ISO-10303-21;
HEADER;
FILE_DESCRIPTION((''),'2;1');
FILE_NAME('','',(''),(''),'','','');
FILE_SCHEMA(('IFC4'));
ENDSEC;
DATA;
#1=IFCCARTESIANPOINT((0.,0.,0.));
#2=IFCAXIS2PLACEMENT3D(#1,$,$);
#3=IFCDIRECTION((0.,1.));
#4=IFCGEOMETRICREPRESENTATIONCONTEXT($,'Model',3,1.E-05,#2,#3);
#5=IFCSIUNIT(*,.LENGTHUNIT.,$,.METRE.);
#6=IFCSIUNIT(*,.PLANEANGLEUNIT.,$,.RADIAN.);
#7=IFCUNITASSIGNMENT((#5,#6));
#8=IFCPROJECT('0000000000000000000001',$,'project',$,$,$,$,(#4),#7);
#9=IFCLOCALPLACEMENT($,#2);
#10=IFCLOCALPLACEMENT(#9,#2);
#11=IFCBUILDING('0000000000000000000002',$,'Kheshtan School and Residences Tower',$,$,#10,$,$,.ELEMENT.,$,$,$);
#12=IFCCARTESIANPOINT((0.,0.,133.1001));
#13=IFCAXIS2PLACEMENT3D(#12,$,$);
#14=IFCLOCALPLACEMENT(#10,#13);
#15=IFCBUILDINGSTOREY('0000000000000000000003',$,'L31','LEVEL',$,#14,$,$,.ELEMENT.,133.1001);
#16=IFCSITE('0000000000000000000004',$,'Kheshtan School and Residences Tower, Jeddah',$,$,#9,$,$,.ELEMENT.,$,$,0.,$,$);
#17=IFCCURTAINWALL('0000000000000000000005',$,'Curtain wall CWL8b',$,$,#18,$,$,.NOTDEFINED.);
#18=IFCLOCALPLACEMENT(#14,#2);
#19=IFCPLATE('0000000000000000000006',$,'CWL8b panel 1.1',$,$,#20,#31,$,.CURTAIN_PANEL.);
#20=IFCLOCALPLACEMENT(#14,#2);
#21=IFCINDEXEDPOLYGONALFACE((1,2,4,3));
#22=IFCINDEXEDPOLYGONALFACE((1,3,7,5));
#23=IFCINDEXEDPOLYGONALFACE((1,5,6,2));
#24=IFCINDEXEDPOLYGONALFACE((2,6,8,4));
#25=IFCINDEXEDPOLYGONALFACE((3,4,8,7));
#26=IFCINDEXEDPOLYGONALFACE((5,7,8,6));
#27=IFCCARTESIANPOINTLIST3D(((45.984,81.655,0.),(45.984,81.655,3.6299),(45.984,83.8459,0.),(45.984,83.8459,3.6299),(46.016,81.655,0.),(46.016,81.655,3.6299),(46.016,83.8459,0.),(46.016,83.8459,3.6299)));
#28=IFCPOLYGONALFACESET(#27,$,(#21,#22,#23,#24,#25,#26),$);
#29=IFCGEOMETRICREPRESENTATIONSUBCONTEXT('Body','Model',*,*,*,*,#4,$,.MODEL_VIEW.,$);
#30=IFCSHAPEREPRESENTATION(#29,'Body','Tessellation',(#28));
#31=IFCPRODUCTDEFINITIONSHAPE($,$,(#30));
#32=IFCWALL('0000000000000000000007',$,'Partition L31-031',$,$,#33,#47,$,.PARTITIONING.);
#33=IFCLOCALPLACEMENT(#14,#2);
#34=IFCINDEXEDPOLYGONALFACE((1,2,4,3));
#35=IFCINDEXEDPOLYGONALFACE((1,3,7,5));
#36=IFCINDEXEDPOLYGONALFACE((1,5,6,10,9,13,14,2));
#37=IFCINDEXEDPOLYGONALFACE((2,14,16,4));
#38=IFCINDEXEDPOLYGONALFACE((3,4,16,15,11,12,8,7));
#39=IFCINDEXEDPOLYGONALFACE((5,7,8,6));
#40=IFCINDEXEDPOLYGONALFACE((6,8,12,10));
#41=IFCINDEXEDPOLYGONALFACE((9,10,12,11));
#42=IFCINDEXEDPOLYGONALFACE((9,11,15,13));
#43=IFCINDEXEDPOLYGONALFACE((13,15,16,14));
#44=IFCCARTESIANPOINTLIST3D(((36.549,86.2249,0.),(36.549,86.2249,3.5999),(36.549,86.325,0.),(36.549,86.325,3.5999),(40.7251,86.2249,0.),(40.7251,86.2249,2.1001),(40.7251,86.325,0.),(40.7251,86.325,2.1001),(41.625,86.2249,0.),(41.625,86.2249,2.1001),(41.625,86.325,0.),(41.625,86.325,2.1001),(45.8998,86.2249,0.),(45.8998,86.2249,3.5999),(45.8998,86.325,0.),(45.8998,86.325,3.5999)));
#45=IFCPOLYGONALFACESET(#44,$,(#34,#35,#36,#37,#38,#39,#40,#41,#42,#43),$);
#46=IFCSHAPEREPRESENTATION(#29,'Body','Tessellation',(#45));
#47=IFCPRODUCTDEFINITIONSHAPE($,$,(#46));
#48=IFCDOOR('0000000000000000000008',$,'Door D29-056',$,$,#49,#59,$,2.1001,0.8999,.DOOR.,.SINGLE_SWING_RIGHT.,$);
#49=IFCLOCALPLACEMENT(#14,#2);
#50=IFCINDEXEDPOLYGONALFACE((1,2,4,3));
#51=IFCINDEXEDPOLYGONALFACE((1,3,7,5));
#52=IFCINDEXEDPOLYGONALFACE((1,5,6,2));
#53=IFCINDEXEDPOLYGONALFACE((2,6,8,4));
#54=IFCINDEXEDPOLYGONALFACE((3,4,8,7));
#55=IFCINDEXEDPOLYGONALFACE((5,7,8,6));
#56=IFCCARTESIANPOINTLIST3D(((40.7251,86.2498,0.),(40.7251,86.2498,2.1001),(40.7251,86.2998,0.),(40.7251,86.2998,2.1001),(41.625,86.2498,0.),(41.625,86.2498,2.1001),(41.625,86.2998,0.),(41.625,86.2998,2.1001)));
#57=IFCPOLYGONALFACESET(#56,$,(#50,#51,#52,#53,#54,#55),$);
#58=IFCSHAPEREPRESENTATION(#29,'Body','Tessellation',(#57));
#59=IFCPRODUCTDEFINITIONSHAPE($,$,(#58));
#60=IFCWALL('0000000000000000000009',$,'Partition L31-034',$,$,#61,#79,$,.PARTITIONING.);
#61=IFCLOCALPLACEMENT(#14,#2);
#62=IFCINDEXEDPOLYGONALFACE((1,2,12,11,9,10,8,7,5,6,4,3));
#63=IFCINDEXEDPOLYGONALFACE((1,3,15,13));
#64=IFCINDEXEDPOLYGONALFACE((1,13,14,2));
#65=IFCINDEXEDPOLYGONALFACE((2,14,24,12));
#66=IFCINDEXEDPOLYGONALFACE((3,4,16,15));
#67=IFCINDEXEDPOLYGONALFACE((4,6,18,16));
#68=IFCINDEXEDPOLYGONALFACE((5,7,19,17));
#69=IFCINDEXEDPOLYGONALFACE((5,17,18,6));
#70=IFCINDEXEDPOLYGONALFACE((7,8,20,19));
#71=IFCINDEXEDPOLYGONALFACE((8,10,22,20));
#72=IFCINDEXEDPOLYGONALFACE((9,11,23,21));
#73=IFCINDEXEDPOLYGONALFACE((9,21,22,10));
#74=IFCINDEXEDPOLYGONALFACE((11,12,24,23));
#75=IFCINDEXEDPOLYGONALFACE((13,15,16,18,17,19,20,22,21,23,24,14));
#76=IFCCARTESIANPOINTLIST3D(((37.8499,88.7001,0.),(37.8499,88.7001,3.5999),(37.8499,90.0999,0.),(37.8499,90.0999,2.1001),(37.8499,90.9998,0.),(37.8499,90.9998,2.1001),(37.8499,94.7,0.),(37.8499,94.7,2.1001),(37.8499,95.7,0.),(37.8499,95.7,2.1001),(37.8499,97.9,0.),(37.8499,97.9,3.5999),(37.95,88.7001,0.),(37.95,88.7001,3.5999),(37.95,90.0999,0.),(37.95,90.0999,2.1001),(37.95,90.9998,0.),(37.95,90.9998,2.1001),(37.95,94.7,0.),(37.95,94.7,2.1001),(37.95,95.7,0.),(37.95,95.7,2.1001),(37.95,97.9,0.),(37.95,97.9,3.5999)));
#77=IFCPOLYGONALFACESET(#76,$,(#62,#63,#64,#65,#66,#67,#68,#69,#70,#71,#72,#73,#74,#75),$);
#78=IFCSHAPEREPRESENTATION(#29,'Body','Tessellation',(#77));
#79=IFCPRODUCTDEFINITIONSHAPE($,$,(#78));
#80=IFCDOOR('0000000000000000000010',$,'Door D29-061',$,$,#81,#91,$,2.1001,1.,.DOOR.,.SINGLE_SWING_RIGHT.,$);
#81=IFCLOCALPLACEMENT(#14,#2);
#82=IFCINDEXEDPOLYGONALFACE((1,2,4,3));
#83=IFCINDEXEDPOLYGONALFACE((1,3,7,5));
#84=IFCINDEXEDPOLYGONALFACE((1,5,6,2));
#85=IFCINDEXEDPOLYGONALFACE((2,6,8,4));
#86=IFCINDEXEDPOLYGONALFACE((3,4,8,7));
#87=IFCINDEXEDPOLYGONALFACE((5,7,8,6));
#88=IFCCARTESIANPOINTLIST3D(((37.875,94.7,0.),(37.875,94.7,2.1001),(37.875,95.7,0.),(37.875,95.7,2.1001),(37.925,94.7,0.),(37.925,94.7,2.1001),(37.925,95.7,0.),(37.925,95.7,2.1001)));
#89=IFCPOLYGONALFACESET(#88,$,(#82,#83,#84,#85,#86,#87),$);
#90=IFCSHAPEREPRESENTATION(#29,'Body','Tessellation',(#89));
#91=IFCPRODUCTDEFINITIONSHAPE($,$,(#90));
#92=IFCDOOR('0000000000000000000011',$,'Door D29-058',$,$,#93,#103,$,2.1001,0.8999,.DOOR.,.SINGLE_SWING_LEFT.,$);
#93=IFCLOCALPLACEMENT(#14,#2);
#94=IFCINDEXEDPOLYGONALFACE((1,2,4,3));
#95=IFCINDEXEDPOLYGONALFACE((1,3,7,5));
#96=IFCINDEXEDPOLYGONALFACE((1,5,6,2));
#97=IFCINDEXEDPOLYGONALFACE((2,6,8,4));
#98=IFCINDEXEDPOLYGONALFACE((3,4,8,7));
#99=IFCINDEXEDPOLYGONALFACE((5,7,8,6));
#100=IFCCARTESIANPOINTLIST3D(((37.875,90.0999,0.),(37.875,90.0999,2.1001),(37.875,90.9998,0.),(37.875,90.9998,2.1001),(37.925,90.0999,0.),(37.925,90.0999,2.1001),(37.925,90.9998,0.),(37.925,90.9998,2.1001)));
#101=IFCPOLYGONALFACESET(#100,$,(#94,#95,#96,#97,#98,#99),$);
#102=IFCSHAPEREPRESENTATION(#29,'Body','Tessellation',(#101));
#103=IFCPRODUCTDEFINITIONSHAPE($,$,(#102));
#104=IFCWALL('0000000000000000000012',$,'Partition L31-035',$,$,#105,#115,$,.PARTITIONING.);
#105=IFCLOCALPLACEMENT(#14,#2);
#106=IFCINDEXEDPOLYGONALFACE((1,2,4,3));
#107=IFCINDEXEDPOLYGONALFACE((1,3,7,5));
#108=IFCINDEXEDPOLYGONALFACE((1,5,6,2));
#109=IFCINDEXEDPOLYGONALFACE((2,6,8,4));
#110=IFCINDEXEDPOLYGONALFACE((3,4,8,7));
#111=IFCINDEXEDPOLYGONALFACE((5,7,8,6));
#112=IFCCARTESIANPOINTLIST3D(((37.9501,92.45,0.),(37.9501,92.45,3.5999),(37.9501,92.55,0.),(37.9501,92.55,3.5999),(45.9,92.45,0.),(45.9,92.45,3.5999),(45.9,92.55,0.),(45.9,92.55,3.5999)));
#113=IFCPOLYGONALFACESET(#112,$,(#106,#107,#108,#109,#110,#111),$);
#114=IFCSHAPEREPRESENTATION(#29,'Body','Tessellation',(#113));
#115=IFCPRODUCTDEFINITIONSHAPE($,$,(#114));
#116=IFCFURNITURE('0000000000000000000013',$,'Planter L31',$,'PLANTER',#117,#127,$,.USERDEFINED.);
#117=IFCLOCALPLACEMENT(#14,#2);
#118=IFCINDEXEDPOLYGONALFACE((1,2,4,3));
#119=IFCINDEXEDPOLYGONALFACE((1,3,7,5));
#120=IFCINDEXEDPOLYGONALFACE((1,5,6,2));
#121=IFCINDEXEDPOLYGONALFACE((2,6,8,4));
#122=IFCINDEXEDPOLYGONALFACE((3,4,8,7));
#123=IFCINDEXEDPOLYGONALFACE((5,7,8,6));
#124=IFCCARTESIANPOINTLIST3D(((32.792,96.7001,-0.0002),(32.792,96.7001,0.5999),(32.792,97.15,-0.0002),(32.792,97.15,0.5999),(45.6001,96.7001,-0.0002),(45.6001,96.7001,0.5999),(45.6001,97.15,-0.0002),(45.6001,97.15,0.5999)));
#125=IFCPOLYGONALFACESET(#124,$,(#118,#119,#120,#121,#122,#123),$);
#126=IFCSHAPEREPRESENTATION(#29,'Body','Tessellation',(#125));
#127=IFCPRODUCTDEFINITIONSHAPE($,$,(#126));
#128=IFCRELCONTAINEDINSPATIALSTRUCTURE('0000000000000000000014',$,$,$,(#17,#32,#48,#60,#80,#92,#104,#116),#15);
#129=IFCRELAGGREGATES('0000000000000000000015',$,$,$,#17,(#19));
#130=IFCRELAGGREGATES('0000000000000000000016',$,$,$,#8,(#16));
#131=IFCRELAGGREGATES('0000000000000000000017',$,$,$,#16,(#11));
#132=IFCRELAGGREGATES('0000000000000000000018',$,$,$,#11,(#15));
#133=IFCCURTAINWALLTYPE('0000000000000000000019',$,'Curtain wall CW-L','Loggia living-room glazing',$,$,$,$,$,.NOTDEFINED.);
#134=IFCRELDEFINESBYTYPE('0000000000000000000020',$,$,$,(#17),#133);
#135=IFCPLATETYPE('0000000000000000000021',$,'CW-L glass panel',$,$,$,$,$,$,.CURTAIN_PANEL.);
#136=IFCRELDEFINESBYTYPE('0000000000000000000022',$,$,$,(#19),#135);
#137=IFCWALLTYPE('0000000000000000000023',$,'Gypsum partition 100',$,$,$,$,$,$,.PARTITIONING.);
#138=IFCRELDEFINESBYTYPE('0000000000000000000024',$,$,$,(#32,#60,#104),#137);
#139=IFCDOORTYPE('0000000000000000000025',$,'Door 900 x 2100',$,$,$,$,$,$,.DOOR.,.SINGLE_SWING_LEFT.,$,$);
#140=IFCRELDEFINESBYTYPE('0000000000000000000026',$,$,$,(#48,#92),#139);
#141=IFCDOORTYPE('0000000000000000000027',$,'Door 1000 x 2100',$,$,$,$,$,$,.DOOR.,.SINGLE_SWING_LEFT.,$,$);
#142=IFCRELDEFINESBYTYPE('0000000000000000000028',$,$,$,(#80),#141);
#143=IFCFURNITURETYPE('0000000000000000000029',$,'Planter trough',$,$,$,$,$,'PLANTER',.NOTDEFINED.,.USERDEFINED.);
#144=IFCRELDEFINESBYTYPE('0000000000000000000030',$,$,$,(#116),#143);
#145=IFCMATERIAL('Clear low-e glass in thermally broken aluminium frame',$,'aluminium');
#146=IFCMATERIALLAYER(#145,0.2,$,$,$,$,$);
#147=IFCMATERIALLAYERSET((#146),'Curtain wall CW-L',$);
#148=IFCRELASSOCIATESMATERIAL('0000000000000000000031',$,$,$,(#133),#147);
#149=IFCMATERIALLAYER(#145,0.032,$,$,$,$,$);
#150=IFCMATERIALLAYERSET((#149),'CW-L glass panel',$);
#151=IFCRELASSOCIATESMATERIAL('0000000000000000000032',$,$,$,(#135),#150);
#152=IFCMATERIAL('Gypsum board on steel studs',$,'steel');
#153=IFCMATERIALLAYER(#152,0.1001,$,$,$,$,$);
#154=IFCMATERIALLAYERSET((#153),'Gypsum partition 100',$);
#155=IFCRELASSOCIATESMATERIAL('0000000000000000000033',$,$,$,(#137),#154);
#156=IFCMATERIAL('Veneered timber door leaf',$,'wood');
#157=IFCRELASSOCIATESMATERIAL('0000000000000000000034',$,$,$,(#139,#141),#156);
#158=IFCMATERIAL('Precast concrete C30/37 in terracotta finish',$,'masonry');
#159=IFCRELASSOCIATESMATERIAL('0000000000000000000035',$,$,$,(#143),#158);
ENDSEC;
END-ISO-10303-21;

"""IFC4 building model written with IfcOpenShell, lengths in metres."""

from ifc_helpers import new_model, si_unit, direction, frame, frame_2d, origin, origin_2d, place, context, subcontext, project, spatial, rectangle, extrude, source, transform, mapped, material, layer, layer_set, type_object, element, fill, aggregate, save


model = new_model("IFC4")

# Units and contexts
model_context = context("Model", 3, precision=1e-05, world=origin(), true_north=direction((0.0, 1.0)))
body_context = subcontext(model_context, "Body", "Model", "MODEL_VIEW")
ifc_project = project(units=[si_unit("LENGTHUNIT", "METRE"), si_unit("PLANEANGLEUNIT", "RADIAN")], contexts=[model_context])

# Site, building, storey
site_placement = place(None, origin())
site = spatial("IfcSite", under=ifc_project, at=site_placement, Name="Kheshtan School and Residences Tower, Jeddah", CompositionType="ELEMENT", RefElevation=0.0)
building_placement = place(site_placement, origin())
building = spatial("IfcBuilding", under=site, at=building_placement, Name="Kheshtan School and Residences Tower", CompositionType="ELEMENT")
storey_placement = place(building_placement, frame((0.0, 0.0, 133.1001)))
storey = spatial("IfcBuildingStorey", under=building, at=storey_placement, Name="L31", Description="LEVEL", CompositionType="ELEMENT", Elevation=133.1001)

# Shared definitions
ifc_material_1 = material(Name="Clear low-e glass in thermally broken aluminium frame", Category="aluminium")
ifc_layer_1 = layer(ifc_material_1, 0.2)
ifc_layer_set_1 = layer_set([ifc_layer_1], Name="Curtain wall CW-L")
curtain_wall_type = type_object("IfcCurtainWallType", Name="Curtain wall CW-L", Description="Loggia living-room glazing", PredefinedType="NOTDEFINED", material=ifc_layer_set_1)

# Curtain wall
curtain_wall_1_placement = place(storey_placement, origin())
curtain_wall_1 = element("IfcCurtainWall", 1, at=curtain_wall_1_placement, inside=storey, type_object=curtain_wall_type, Name="Curtain wall CWL8b", PredefinedType="NOTDEFINED")

# Plate
ifc_layer_2 = layer(ifc_material_1, 0.032)
ifc_layer_set_2 = layer_set([ifc_layer_2], Name="CW-L glass panel")
plate_type = type_object("IfcPlateType", Name="CW-L glass panel", PredefinedType="CURTAIN_PANEL", material=ifc_layer_set_2)
plate_1_placement = place(storey_placement, frame((46.0, 82.7505, 0.0), z_axis=(0.0, 0.0, 1.0), x_axis=(0.0, -1.0, 0.0)))
plate_1 = element("IfcPlate", 2, at=plate_1_placement, type_object=plate_type, Name="CWL8b panel 1.1", PredefinedType="CURTAIN_PANEL", context=body_context, shape_type="SweptSolid", body=[
    extrude(rectangle(XDim=2.1909, YDim=0.032, at=origin_2d()), origin(), (0.0, 0.0, 1.0), 3.6299),
])
aggregate(curtain_wall_1, [plate_1])

# Wall, opening, door
ifc_material_2 = material(Name="Gypsum board on steel studs", Category="steel")
ifc_layer_3 = layer(ifc_material_2, 0.1001)
ifc_layer_set_3 = layer_set([ifc_layer_3], Name="Gypsum partition 100")
wall_type_1 = type_object("IfcWallType", Name="Gypsum partition 100", PredefinedType="PARTITIONING", material=ifc_layer_set_3)
wall_1_placement = place(storey_placement, frame((36.5491, 86.2749, 0.0), z_axis=(0.0, 0.0, 1.0), x_axis=(1.0, 0.0, 0.0)))
wall_1 = element("IfcWall", 3, at=wall_1_placement, inside=storey, type_object=wall_type_1, Name="Partition L31-031", PredefinedType="PARTITIONING", context=body_context, shape_type="SweptSolid", body=[
    extrude(rectangle(XDim=9.3508, YDim=0.1001, at=frame_2d((4.6753, 0.0))), origin(), (0.0, 0.0, 1.0), 3.5999),
])
opening_1_placement = place(wall_1_placement, frame((4.176, 0.0, 0.0)))
opening_1 = element("IfcOpeningElement", 4, at=opening_1_placement, cuts=wall_1, PredefinedType="OPENING", context=body_context, shape_type="SweptSolid", body=[
    extrude(rectangle(XDim=0.8999, YDim=2.1001, at=frame_2d((0.45, 1.05))), frame((0.0, 0.0601, 0.0), z_axis=(0.0, -1.0, 0.0), x_axis=(1.0, 0.0, 0.0)), (0.0, 0.0, 1.0), 0.1201),
])
ifc_material_3 = material(Name="Veneered timber door leaf", Category="wood")
door_type_1 = type_object("IfcDoorType", Name="Door 900 x 2100", OperationType="SINGLE_SWING_LEFT", PredefinedType="DOOR", material=ifc_material_3)
shared_shape_1 = source(origin(), body_context, "Body", "SweptSolid", [
    extrude(rectangle(XDim=0.8999, YDim=2.1001, at=frame_2d((0.45, 1.05))), frame((0.0, 0.0249, 0.0), z_axis=(0.0, -1.0, 0.0), x_axis=(1.0, 0.0, 0.0)), (0.0, 0.0, 1.0), 0.05),
])
door_1_placement = place(opening_1_placement, origin())
door_1 = element("IfcDoor", 5, at=door_1_placement, inside=storey, type_object=door_type_1, Name="Door D29-056", OperationType="SINGLE_SWING_RIGHT", OverallHeight=2.1001, OverallWidth=0.8999, PredefinedType="DOOR", context=body_context, shape_type="MappedRepresentation", body=[
    mapped(shared_shape_1, transform((0.0, 0.0, 0.0), x_axis=(1.0, 0.0, 0.0), y_axis=(0.0, 1.0, 0.0), z_axis=(0.0, 0.0, 1.0), scale=1.0)),
])
fill(opening_1, door_1)

# Wall, openings, doors
wall_2_placement = place(storey_placement, frame((37.8999, 88.7, 0.0), z_axis=(0.0, 0.0, 1.0), x_axis=(0.0, 1.0, 0.0)))
wall_2 = element("IfcWall", 6, at=wall_2_placement, inside=storey, type_object=wall_type_1, Name="Partition L31-034", PredefinedType="PARTITIONING", context=body_context, shape_type="SweptSolid", body=[
    extrude(rectangle(XDim=9.2, YDim=0.1001, at=frame_2d((4.6001, 0.0))), origin(), (0.0, 0.0, 1.0), 3.5999),
])
opening_2_placement = place(wall_2_placement, frame((1.3999, 0.0, 0.0)))
opening_2 = element("IfcOpeningElement", 7, at=opening_2_placement, cuts=wall_2, PredefinedType="OPENING", context=body_context, shape_type="SweptSolid", body=[
    extrude(rectangle(XDim=0.8999, YDim=2.1001, at=frame_2d((0.45, 1.05))), frame((0.0, 0.0601, 0.0), z_axis=(0.0, -1.0, 0.0), x_axis=(1.0, 0.0, 0.0)), (0.0, 0.0, 1.0), 0.1201),
])
opening_3_placement = place(wall_2_placement, frame((6.0, 0.0, 0.0)))
opening_3 = element("IfcOpeningElement", 8, at=opening_3_placement, cuts=wall_2, PredefinedType="OPENING", context=body_context, shape_type="SweptSolid", body=[
    extrude(rectangle(XDim=1.0, YDim=2.1001, at=frame_2d((0.5, 1.05))), frame((0.0, 0.0601, 0.0), z_axis=(0.0, -1.0, 0.0), x_axis=(1.0, 0.0, 0.0)), (0.0, 0.0, 1.0), 0.1201),
])
door_type_2 = type_object("IfcDoorType", Name="Door 1000 x 2100", OperationType="SINGLE_SWING_LEFT", PredefinedType="DOOR", material=ifc_material_3)
shared_shape_2 = source(origin(), body_context, "Body", "SweptSolid", [
    extrude(rectangle(XDim=1.0, YDim=2.1001, at=frame_2d((0.5, 1.05))), frame((0.0, 0.0249, 0.0), z_axis=(0.0, -1.0, 0.0), x_axis=(1.0, 0.0, 0.0)), (0.0, 0.0, 1.0), 0.05),
])
door_2_placement = place(opening_3_placement, origin())
door_2 = element("IfcDoor", 9, at=door_2_placement, inside=storey, type_object=door_type_2, Name="Door D29-061", OperationType="SINGLE_SWING_RIGHT", OverallHeight=2.1001, OverallWidth=1.0, PredefinedType="DOOR", context=body_context, shape_type="MappedRepresentation", body=[
    mapped(shared_shape_2, transform((0.0, 0.0, 0.0), x_axis=(1.0, 0.0, 0.0), y_axis=(0.0, 1.0, 0.0), z_axis=(0.0, 0.0, 1.0), scale=1.0)),
])
fill(opening_3, door_2)
door_3_placement = place(opening_2_placement, origin())
door_3 = element("IfcDoor", 10, at=door_3_placement, inside=storey, type_object=door_type_1, Name="Door D29-058", OperationType="SINGLE_SWING_LEFT", OverallHeight=2.1001, OverallWidth=0.8999, PredefinedType="DOOR", context=body_context, shape_type="MappedRepresentation", body=[
    mapped(shared_shape_1, transform((0.0, 0.0, 0.0), x_axis=(1.0, 0.0, 0.0), y_axis=(0.0, 1.0, 0.0), z_axis=(0.0, 0.0, 1.0), scale=1.0)),
])
fill(opening_2, door_3)

# Wall
wall_3_placement = place(storey_placement, frame((37.95, 92.5, 0.0), z_axis=(0.0, 0.0, 1.0), x_axis=(1.0, 0.0, 0.0)))
element("IfcWall", 11, at=wall_3_placement, inside=storey, type_object=wall_type_1, Name="Partition L31-035", PredefinedType="PARTITIONING", context=body_context, shape_type="SweptSolid", body=[
    extrude(rectangle(XDim=7.95, YDim=0.1001, at=frame_2d((3.9751, 0.0))), origin(), (0.0, 0.0, 1.0), 3.5999),
])

# Furniture
ifc_material_4 = material(Name="Precast concrete C30/37 in terracotta finish", Category="masonry")
furniture_type = type_object("IfcFurnitureType", Name="Planter trough", ElementType="PLANTER", AssemblyPlace="NOTDEFINED", PredefinedType="USERDEFINED", material=ifc_material_4)
furniture_placement = place(storey_placement, frame((39.196, 96.925, -0.0002), z_axis=(0.0, 0.0, 1.0), x_axis=(1.0, 0.0, 0.0)))
element("IfcFurniture", 12, at=furniture_placement, inside=storey, type_object=furniture_type, Name="Planter L31", ObjectType="PLANTER", PredefinedType="USERDEFINED", context=body_context, shape_type="SweptSolid", body=[
    extrude(rectangle(XDim=12.8081, YDim=0.45, at=origin_2d()), origin(), (0.0, 0.0, 1.0), 0.6001),
])

save(model, "model.ifc")
